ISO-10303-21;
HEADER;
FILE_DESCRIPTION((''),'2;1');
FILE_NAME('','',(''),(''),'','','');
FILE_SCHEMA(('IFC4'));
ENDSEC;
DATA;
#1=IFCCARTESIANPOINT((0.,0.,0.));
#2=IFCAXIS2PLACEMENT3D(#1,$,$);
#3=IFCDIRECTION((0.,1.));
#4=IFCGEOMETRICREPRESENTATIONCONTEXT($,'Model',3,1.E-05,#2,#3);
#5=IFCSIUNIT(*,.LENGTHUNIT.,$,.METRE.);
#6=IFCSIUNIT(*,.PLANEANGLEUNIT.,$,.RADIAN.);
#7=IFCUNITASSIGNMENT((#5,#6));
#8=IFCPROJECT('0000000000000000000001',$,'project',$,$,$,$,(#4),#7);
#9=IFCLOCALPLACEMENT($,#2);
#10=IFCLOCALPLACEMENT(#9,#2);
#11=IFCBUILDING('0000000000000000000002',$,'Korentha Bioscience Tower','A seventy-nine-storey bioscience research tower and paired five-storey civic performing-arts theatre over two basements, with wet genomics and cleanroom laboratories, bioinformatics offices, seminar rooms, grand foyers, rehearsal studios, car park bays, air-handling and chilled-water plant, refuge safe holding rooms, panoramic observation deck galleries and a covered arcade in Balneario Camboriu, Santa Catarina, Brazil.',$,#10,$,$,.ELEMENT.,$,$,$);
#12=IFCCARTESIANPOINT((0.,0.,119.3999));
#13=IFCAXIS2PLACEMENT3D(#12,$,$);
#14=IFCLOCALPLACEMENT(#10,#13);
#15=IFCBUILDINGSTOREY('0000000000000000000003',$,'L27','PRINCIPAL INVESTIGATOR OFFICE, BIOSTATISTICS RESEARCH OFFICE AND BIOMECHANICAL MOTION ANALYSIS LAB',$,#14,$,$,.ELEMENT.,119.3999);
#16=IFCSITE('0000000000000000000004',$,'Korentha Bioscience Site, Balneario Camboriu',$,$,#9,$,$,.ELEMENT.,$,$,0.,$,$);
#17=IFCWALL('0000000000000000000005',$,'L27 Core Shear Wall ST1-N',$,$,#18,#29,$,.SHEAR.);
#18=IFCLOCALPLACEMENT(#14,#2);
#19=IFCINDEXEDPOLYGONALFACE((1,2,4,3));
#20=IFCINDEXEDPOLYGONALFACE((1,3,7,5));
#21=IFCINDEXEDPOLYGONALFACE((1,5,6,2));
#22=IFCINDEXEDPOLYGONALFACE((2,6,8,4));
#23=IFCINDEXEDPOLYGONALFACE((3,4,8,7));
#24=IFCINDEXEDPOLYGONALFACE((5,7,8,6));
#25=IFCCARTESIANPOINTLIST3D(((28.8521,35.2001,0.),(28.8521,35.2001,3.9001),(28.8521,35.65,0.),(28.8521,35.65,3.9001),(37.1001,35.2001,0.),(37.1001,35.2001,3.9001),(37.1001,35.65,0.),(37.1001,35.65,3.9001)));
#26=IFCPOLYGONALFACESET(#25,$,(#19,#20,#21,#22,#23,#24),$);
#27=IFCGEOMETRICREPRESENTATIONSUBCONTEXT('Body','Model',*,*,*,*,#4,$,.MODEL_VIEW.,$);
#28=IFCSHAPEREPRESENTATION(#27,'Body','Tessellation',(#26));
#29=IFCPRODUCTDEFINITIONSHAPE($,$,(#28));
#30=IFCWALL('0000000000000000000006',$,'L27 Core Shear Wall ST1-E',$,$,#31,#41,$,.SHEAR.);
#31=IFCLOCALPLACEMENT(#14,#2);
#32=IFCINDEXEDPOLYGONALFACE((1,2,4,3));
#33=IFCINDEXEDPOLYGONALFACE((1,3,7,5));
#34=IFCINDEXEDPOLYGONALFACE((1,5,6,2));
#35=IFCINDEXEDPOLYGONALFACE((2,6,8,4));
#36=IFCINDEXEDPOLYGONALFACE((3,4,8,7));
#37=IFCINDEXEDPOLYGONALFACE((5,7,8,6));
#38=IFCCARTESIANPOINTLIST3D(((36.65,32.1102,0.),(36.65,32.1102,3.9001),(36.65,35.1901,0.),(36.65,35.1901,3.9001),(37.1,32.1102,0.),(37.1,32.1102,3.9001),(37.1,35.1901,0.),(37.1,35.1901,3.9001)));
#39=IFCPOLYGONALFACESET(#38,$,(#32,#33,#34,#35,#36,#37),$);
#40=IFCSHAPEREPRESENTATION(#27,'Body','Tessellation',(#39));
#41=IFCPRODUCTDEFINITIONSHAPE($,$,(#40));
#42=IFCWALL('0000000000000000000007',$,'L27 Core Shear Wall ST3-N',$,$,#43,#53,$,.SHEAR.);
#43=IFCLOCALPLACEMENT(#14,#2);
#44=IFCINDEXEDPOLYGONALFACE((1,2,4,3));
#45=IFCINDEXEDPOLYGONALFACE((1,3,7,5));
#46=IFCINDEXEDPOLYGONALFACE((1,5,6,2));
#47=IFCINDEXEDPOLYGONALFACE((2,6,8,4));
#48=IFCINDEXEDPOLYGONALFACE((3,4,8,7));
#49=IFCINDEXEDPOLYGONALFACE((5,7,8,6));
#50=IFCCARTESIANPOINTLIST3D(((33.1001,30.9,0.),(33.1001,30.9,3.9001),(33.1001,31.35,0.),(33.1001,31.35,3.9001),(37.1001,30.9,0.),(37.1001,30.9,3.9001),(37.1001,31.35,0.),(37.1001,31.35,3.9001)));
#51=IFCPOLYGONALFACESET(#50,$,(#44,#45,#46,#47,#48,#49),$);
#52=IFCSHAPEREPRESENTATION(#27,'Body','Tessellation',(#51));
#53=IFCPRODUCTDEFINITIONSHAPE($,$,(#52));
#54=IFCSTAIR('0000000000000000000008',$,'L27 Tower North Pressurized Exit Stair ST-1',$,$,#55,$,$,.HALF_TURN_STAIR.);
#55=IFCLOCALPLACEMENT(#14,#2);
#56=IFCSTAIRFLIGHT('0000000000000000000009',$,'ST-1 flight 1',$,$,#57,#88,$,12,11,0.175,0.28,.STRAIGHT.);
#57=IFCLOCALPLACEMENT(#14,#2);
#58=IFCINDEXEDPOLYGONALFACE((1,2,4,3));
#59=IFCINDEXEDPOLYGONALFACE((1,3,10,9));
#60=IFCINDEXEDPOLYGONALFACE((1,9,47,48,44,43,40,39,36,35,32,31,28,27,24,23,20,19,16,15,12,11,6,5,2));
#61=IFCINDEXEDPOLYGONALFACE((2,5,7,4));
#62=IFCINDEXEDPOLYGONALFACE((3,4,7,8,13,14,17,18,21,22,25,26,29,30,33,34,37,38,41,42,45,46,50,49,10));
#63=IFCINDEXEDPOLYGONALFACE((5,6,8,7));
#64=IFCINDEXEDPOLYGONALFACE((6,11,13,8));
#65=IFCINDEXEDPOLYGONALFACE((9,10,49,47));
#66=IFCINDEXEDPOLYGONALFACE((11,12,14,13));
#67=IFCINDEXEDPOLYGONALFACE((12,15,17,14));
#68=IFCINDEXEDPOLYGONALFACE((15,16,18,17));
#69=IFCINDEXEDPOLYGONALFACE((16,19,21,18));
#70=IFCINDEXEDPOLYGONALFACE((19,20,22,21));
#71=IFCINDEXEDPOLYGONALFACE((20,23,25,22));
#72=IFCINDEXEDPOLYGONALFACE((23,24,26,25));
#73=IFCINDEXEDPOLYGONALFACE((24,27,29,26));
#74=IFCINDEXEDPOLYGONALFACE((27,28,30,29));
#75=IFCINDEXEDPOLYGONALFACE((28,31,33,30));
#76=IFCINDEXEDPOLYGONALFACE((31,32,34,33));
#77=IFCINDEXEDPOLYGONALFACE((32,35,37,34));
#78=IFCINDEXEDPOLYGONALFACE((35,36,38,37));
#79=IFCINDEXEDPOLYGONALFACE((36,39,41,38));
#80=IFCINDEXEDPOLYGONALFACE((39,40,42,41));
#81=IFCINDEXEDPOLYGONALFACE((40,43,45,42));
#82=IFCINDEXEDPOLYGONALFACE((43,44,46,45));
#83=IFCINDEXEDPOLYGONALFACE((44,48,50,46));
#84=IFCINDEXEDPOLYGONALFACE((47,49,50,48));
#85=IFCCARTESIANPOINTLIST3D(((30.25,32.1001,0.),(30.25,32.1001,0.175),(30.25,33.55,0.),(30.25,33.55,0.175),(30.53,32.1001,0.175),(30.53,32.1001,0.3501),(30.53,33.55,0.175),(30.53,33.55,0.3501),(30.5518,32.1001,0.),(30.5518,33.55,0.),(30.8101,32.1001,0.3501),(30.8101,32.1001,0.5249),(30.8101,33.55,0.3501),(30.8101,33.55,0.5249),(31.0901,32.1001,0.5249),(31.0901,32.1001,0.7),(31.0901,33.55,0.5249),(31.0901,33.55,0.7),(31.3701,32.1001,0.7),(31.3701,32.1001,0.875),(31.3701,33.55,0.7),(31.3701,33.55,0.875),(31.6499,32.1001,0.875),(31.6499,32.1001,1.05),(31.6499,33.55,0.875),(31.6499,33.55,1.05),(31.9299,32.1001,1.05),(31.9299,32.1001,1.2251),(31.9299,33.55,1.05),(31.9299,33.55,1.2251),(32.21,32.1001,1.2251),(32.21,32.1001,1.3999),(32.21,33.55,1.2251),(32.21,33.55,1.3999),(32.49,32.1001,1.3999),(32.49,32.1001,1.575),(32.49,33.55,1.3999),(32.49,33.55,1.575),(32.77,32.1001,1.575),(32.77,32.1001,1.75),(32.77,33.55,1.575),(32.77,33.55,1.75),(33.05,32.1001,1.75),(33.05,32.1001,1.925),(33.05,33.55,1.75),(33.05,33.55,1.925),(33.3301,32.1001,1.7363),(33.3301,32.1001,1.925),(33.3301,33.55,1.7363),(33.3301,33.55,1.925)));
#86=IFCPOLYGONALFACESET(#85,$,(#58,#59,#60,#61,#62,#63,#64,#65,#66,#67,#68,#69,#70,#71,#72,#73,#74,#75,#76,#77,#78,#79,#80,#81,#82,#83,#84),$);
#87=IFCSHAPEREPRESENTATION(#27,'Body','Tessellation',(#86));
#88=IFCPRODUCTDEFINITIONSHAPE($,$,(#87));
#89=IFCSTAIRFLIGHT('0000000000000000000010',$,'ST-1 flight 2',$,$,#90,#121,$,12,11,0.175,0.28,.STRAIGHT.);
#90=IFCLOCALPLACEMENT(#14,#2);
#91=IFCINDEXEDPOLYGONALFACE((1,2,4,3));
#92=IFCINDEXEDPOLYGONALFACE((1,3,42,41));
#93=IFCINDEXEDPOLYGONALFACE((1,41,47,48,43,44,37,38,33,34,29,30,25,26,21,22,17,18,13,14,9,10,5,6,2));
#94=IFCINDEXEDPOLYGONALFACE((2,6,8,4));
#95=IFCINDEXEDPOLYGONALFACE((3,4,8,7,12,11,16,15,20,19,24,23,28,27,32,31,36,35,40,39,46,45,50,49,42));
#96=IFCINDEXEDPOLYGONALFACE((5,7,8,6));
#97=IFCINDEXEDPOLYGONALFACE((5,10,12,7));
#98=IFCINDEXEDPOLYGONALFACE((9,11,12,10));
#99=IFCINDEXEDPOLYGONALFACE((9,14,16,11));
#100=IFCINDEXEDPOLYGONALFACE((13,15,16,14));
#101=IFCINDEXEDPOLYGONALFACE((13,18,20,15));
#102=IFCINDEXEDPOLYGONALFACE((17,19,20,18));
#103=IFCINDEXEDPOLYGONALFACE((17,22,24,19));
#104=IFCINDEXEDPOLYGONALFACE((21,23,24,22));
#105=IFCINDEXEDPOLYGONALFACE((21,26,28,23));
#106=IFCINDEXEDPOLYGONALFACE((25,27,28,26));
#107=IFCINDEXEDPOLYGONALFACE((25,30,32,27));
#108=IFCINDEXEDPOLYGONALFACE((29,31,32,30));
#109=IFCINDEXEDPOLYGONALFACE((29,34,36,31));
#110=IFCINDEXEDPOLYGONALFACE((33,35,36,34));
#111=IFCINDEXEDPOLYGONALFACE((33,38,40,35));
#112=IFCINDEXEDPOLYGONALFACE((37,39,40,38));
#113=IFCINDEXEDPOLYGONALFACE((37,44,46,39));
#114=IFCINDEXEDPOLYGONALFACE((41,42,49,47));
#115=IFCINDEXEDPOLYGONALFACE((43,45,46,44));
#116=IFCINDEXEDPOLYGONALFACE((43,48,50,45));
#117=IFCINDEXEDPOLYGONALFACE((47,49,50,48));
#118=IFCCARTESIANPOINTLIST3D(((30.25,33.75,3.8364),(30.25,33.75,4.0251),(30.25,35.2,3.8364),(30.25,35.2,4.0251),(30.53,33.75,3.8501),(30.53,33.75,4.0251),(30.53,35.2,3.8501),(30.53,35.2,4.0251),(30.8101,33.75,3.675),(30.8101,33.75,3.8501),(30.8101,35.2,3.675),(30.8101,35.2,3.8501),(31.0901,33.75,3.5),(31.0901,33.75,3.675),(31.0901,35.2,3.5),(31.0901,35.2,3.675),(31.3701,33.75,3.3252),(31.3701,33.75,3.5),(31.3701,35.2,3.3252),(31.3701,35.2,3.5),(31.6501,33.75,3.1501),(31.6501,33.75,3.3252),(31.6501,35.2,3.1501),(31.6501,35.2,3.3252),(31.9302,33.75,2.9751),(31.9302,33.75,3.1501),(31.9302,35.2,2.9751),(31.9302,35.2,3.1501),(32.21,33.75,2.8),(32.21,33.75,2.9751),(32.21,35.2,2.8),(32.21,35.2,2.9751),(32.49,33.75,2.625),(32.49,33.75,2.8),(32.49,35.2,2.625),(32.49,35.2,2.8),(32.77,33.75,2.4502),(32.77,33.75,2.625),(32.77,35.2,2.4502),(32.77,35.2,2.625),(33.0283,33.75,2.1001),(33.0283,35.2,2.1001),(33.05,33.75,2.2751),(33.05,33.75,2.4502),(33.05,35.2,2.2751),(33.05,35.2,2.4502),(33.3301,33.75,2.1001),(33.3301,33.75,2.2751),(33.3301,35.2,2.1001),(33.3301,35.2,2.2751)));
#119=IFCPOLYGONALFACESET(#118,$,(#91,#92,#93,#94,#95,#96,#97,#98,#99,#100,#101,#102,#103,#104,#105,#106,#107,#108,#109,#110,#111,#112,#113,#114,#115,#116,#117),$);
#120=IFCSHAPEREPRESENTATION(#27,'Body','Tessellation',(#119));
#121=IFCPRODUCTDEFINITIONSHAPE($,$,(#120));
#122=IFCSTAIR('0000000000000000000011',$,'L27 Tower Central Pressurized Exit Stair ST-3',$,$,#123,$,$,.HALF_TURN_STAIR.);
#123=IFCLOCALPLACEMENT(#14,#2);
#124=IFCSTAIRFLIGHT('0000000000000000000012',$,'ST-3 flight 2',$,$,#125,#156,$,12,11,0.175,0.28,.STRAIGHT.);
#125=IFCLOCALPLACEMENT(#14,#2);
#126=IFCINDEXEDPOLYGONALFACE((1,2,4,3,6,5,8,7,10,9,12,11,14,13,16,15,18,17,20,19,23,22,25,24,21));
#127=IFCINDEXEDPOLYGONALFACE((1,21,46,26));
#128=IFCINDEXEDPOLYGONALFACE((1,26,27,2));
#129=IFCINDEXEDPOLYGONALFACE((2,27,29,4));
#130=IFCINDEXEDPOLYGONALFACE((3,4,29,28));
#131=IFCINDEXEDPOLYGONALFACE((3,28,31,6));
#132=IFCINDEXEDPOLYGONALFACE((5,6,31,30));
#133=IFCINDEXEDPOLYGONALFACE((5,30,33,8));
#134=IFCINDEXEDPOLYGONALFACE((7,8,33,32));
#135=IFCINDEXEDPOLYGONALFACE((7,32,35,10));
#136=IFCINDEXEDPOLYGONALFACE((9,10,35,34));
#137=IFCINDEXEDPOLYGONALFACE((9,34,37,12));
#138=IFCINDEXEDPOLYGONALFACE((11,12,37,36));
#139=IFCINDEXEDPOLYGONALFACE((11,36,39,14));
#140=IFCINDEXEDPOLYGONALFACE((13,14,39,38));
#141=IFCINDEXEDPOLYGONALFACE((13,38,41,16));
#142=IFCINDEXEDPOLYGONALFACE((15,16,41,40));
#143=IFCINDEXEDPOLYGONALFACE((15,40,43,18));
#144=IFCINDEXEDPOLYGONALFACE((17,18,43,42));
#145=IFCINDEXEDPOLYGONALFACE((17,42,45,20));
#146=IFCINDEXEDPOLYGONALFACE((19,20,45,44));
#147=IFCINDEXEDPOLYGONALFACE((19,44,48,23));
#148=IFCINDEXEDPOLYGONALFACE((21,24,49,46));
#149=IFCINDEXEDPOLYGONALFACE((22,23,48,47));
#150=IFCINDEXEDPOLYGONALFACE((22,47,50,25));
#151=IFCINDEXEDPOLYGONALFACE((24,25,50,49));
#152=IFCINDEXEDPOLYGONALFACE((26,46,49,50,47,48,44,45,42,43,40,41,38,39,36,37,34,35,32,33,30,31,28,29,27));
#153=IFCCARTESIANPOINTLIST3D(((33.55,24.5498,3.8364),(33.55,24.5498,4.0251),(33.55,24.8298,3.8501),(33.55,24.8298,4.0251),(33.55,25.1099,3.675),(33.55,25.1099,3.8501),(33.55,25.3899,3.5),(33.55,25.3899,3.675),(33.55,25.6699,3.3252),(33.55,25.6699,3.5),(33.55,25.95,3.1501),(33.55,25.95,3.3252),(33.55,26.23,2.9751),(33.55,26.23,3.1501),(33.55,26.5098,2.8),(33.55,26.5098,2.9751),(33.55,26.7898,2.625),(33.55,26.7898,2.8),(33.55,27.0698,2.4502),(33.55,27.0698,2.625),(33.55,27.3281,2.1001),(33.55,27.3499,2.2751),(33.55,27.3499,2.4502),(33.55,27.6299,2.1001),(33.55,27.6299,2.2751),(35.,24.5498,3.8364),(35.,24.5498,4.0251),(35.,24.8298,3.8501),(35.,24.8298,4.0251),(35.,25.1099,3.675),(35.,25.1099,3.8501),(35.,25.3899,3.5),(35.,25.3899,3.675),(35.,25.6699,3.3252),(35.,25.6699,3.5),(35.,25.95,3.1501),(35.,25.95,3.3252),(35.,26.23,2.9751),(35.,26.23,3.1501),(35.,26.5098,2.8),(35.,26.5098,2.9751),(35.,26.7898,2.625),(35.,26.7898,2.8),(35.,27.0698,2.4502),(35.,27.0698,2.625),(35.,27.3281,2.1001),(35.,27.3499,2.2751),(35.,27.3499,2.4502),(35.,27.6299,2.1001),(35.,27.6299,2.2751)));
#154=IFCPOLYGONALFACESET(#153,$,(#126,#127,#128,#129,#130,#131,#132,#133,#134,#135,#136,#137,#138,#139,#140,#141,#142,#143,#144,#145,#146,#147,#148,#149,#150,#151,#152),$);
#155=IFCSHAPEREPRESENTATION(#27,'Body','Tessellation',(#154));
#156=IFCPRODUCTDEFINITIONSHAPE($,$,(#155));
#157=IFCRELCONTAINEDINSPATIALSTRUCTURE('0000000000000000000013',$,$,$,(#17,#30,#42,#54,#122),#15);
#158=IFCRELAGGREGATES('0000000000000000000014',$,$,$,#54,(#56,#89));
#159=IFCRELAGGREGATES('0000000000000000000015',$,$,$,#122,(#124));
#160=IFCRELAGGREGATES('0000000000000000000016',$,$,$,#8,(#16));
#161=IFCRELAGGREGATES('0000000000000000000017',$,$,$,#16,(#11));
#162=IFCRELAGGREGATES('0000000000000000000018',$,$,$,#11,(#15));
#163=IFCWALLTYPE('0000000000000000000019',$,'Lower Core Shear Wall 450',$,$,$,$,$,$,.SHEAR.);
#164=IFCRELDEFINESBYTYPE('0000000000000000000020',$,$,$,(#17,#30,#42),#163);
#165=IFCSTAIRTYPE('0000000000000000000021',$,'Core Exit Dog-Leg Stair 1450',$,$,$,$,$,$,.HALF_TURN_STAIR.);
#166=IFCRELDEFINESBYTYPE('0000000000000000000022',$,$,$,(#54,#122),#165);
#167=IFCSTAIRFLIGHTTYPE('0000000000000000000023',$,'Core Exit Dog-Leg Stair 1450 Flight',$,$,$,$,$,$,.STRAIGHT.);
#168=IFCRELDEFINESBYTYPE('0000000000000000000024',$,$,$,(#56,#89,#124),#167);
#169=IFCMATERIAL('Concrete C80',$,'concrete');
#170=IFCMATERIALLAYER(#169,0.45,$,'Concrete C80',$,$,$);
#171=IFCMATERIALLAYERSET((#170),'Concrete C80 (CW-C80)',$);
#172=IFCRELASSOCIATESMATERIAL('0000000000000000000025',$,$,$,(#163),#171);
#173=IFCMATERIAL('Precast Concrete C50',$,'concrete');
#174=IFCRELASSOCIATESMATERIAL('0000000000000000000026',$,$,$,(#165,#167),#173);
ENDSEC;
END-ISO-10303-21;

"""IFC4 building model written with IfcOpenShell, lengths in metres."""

from ifc_helpers import new_model, si_unit, direction, frame, frame_2d, origin, place, context, subcontext, project, spatial, polyline, rectangle, outline, extrude, material, layer, layer_set, type_object, element, aggregate, save


model = new_model("IFC4")

# Units and contexts
model_context = context("Model", 3, precision=1e-05, world=origin(), true_north=direction((0.0, 1.0)))
body_context = subcontext(model_context, "Body", "Model", "MODEL_VIEW")
ifc_project = project(units=[si_unit("LENGTHUNIT", "METRE"), si_unit("PLANEANGLEUNIT", "RADIAN")], contexts=[model_context])

# Site, building, storey
site_placement = place(None, origin())
site = spatial("IfcSite", under=ifc_project, at=site_placement, Name="Korentha Bioscience Site, Balneario Camboriu", CompositionType="ELEMENT", RefElevation=0.0)
building_placement = place(site_placement, origin())
building = spatial("IfcBuilding", under=site, at=building_placement, Name="Korentha Bioscience Tower", Description="A seventy-nine-storey bioscience research tower and paired five-storey civic performing-arts theatre over two basements, with wet genomics and cleanroom laboratories, bioinformatics offices, seminar rooms, grand foyers, rehearsal studios, car park bays, air-handling and chilled-water plant, refuge safe holding rooms, panoramic observation deck galleries and a covered arcade in Balneario Camboriu, Santa Catarina, Brazil.", CompositionType="ELEMENT")
storey_placement = place(building_placement, frame((0.0, 0.0, 119.3999)))
storey = spatial("IfcBuildingStorey", under=building, at=storey_placement, Name="L27", Description="PRINCIPAL INVESTIGATOR OFFICE, BIOSTATISTICS RESEARCH OFFICE AND BIOMECHANICAL MOTION ANALYSIS LAB", CompositionType="ELEMENT", Elevation=119.3999)

# Walls
ifc_material_1 = material(Name="Concrete C80", Category="concrete")
ifc_layer_1 = layer(ifc_material_1, 0.45, Name="Concrete C80")
ifc_layer_set_1 = layer_set([ifc_layer_1], Name="Concrete C80 (CW-C80)")
wall_type_1 = type_object("IfcWallType", Name="Lower Core Shear Wall 450", PredefinedType="SHEAR", material=ifc_layer_set_1)
wall_1_placement = place(storey_placement, frame((28.8521, 35.425, 0.0), z_axis=(0.0, 0.0, 1.0), x_axis=(1.0, 0.0, 0.0)))
element("IfcWall", 1, at=wall_1_placement, inside=storey, type_object=wall_type_1, Name="L27 Core Shear Wall ST1-N", PredefinedType="SHEAR", context=body_context, shape_type="SweptSolid", body=[
    extrude(rectangle(XDim=8.248, YDim=0.45, at=frame_2d((4.124, 0.0))), origin(), (0.0, 0.0, 1.0), 3.9001),
])
wall_2_placement = place(storey_placement, frame((36.875, 32.1101, 0.0), z_axis=(0.0, 0.0, 1.0), x_axis=(0.0, 1.0, 0.0)))
element("IfcWall", 2, at=wall_2_placement, inside=storey, type_object=wall_type_1, Name="L27 Core Shear Wall ST1-E", PredefinedType="SHEAR", context=body_context, shape_type="SweptSolid", body=[
    extrude(rectangle(XDim=3.0798, YDim=0.45, at=frame_2d((1.54, 0.0))), origin(), (0.0, 0.0, 1.0), 3.9001),
])
wall_3_placement = place(storey_placement, frame((33.1001, 31.125, 0.0), z_axis=(0.0, 0.0, 1.0), x_axis=(1.0, 0.0, 0.0)))
element("IfcWall", 3, at=wall_3_placement, inside=storey, type_object=wall_type_1, Name="L27 Core Shear Wall ST3-N", PredefinedType="SHEAR", context=body_context, shape_type="SweptSolid", body=[
    extrude(rectangle(XDim=4.0, YDim=0.45, at=frame_2d((2.0, 0.0))), origin(), (0.0, 0.0, 1.0), 3.9001),
])

# Stair, stair flights
ifc_material_2 = material(Name="Precast Concrete C50", Category="concrete")
stair_type = type_object("IfcStairType", Name="Core Exit Dog-Leg Stair 1450", PredefinedType="HALF_TURN_STAIR", material=ifc_material_2)
stair_1_placement = place(storey_placement, origin())
stair_1 = element("IfcStair", 4, at=stair_1_placement, inside=storey, type_object=stair_type, Name="L27 Tower North Pressurized Exit Stair ST-1", PredefinedType="HALF_TURN_STAIR")
stair_flight_type = type_object("IfcStairFlightType", Name="Core Exit Dog-Leg Stair 1450 Flight", PredefinedType="STRAIGHT", material=ifc_material_2)
stair_flight_1_placement = place(storey_placement, frame((30.25, 32.825, 0.0), z_axis=(0.0, 0.0, 1.0), x_axis=(1.0, 0.0, 0.0)))
stair_flight_1 = element("IfcStairFlight", 5, at=stair_flight_1_placement, type_object=stair_flight_type, Name="ST-1 flight 1", NumberOfRisers=12, NumberOfTreads=11, PredefinedType="STRAIGHT", RiserHeight=0.175, TreadLength=0.28, context=body_context, shape_type="SweptSolid", body=[
    extrude(outline(polyline([(0.0, 0.0), (0.0, 0.175), (0.28, 0.175), (0.28, 0.3501), (0.5601, 0.3501), (0.5601, 0.5249), (0.8401, 0.5249), (0.8401, 0.7), (1.1201, 0.7), (1.1201, 0.875), (1.3999, 0.875), (1.3999, 1.05), (1.6799, 1.05), (1.6799, 1.2251), (1.96, 1.2251), (1.96, 1.3999), (2.24, 1.3999), (2.24, 1.575), (2.52, 1.575), (2.52, 1.75), (2.8, 1.75), (2.8, 1.925), (3.0801, 1.925), (3.0801, 2.1001), (3.0801, 1.7363), (0.3018, 0.0), (0.0, 0.0)])), frame((0.0, 0.7251, 0.0), z_axis=(0.0, -1.0, 0.0), x_axis=(1.0, 0.0, 0.0)), (0.0, 0.0, 1.0), 1.45),
])
stair_flight_2_placement = place(storey_placement, frame((33.3301, 34.4751, 2.1001), z_axis=(0.0, 0.0, 1.0), x_axis=(-1.0, 0.0, 0.0)))
stair_flight_2 = element("IfcStairFlight", 6, at=stair_flight_2_placement, type_object=stair_flight_type, Name="ST-1 flight 2", NumberOfRisers=12, NumberOfTreads=11, PredefinedType="STRAIGHT", RiserHeight=0.175, TreadLength=0.28, context=body_context, shape_type="SweptSolid", body=[
    extrude(outline(polyline([(0.0, 0.0), (0.0, 0.175), (0.28, 0.175), (0.28, 0.3501), (0.5601, 0.3501), (0.5601, 0.5249), (0.8401, 0.5249), (0.8401, 0.7), (1.1201, 0.7), (1.1201, 0.875), (1.3999, 0.875), (1.3999, 1.05), (1.6799, 1.05), (1.6799, 1.2251), (1.96, 1.2251), (1.96, 1.3999), (2.24, 1.3999), (2.24, 1.575), (2.52, 1.575), (2.52, 1.75), (2.8, 1.75), (2.8, 1.925), (3.0801, 1.925), (3.0801, 2.1001), (3.0801, 1.7363), (0.3018, 0.0), (0.0, 0.0)])), frame((0.0, 0.7251, 0.0), z_axis=(0.0, -1.0, 0.0), x_axis=(1.0, 0.0, 0.0)), (0.0, 0.0, 1.0), 1.45),
])
aggregate(stair_1, [stair_flight_1, stair_flight_2])

# Stair, stair flight
stair_2_placement = place(storey_placement, origin())
stair_2 = element("IfcStair", 7, at=stair_2_placement, inside=storey, type_object=stair_type, Name="L27 Tower Central Pressurized Exit Stair ST-3", PredefinedType="HALF_TURN_STAIR")
stair_flight_3_placement = place(storey_placement, frame((34.2749, 27.6299, 2.1001), z_axis=(0.0, 0.0, 1.0), x_axis=(0.0, -1.0, 0.0)))
stair_flight_3 = element("IfcStairFlight", 8, at=stair_flight_3_placement, type_object=stair_flight_type, Name="ST-3 flight 2", NumberOfRisers=12, NumberOfTreads=11, PredefinedType="STRAIGHT", RiserHeight=0.175, TreadLength=0.28, context=body_context, shape_type="SweptSolid", body=[
    extrude(outline(polyline([(0.0, 0.0), (0.0, 0.175), (0.28, 0.175), (0.28, 0.3501), (0.5601, 0.3501), (0.5601, 0.5249), (0.8401, 0.5249), (0.8401, 0.7), (1.1201, 0.7), (1.1201, 0.875), (1.3999, 0.875), (1.3999, 1.05), (1.6799, 1.05), (1.6799, 1.2251), (1.96, 1.2251), (1.96, 1.3999), (2.24, 1.3999), (2.24, 1.575), (2.52, 1.575), (2.52, 1.75), (2.8, 1.75), (2.8, 1.925), (3.0801, 1.925), (3.0801, 2.1001), (3.0801, 1.7363), (0.3018, 0.0), (0.0, 0.0)])), frame((0.0, 0.7251, 0.0), z_axis=(0.0, -1.0, 0.0), x_axis=(1.0, 0.0, 0.0)), (0.0, 0.0, 1.0), 1.45),
])
aggregate(stair_2, [stair_flight_3])

save(model, "model.ifc")
